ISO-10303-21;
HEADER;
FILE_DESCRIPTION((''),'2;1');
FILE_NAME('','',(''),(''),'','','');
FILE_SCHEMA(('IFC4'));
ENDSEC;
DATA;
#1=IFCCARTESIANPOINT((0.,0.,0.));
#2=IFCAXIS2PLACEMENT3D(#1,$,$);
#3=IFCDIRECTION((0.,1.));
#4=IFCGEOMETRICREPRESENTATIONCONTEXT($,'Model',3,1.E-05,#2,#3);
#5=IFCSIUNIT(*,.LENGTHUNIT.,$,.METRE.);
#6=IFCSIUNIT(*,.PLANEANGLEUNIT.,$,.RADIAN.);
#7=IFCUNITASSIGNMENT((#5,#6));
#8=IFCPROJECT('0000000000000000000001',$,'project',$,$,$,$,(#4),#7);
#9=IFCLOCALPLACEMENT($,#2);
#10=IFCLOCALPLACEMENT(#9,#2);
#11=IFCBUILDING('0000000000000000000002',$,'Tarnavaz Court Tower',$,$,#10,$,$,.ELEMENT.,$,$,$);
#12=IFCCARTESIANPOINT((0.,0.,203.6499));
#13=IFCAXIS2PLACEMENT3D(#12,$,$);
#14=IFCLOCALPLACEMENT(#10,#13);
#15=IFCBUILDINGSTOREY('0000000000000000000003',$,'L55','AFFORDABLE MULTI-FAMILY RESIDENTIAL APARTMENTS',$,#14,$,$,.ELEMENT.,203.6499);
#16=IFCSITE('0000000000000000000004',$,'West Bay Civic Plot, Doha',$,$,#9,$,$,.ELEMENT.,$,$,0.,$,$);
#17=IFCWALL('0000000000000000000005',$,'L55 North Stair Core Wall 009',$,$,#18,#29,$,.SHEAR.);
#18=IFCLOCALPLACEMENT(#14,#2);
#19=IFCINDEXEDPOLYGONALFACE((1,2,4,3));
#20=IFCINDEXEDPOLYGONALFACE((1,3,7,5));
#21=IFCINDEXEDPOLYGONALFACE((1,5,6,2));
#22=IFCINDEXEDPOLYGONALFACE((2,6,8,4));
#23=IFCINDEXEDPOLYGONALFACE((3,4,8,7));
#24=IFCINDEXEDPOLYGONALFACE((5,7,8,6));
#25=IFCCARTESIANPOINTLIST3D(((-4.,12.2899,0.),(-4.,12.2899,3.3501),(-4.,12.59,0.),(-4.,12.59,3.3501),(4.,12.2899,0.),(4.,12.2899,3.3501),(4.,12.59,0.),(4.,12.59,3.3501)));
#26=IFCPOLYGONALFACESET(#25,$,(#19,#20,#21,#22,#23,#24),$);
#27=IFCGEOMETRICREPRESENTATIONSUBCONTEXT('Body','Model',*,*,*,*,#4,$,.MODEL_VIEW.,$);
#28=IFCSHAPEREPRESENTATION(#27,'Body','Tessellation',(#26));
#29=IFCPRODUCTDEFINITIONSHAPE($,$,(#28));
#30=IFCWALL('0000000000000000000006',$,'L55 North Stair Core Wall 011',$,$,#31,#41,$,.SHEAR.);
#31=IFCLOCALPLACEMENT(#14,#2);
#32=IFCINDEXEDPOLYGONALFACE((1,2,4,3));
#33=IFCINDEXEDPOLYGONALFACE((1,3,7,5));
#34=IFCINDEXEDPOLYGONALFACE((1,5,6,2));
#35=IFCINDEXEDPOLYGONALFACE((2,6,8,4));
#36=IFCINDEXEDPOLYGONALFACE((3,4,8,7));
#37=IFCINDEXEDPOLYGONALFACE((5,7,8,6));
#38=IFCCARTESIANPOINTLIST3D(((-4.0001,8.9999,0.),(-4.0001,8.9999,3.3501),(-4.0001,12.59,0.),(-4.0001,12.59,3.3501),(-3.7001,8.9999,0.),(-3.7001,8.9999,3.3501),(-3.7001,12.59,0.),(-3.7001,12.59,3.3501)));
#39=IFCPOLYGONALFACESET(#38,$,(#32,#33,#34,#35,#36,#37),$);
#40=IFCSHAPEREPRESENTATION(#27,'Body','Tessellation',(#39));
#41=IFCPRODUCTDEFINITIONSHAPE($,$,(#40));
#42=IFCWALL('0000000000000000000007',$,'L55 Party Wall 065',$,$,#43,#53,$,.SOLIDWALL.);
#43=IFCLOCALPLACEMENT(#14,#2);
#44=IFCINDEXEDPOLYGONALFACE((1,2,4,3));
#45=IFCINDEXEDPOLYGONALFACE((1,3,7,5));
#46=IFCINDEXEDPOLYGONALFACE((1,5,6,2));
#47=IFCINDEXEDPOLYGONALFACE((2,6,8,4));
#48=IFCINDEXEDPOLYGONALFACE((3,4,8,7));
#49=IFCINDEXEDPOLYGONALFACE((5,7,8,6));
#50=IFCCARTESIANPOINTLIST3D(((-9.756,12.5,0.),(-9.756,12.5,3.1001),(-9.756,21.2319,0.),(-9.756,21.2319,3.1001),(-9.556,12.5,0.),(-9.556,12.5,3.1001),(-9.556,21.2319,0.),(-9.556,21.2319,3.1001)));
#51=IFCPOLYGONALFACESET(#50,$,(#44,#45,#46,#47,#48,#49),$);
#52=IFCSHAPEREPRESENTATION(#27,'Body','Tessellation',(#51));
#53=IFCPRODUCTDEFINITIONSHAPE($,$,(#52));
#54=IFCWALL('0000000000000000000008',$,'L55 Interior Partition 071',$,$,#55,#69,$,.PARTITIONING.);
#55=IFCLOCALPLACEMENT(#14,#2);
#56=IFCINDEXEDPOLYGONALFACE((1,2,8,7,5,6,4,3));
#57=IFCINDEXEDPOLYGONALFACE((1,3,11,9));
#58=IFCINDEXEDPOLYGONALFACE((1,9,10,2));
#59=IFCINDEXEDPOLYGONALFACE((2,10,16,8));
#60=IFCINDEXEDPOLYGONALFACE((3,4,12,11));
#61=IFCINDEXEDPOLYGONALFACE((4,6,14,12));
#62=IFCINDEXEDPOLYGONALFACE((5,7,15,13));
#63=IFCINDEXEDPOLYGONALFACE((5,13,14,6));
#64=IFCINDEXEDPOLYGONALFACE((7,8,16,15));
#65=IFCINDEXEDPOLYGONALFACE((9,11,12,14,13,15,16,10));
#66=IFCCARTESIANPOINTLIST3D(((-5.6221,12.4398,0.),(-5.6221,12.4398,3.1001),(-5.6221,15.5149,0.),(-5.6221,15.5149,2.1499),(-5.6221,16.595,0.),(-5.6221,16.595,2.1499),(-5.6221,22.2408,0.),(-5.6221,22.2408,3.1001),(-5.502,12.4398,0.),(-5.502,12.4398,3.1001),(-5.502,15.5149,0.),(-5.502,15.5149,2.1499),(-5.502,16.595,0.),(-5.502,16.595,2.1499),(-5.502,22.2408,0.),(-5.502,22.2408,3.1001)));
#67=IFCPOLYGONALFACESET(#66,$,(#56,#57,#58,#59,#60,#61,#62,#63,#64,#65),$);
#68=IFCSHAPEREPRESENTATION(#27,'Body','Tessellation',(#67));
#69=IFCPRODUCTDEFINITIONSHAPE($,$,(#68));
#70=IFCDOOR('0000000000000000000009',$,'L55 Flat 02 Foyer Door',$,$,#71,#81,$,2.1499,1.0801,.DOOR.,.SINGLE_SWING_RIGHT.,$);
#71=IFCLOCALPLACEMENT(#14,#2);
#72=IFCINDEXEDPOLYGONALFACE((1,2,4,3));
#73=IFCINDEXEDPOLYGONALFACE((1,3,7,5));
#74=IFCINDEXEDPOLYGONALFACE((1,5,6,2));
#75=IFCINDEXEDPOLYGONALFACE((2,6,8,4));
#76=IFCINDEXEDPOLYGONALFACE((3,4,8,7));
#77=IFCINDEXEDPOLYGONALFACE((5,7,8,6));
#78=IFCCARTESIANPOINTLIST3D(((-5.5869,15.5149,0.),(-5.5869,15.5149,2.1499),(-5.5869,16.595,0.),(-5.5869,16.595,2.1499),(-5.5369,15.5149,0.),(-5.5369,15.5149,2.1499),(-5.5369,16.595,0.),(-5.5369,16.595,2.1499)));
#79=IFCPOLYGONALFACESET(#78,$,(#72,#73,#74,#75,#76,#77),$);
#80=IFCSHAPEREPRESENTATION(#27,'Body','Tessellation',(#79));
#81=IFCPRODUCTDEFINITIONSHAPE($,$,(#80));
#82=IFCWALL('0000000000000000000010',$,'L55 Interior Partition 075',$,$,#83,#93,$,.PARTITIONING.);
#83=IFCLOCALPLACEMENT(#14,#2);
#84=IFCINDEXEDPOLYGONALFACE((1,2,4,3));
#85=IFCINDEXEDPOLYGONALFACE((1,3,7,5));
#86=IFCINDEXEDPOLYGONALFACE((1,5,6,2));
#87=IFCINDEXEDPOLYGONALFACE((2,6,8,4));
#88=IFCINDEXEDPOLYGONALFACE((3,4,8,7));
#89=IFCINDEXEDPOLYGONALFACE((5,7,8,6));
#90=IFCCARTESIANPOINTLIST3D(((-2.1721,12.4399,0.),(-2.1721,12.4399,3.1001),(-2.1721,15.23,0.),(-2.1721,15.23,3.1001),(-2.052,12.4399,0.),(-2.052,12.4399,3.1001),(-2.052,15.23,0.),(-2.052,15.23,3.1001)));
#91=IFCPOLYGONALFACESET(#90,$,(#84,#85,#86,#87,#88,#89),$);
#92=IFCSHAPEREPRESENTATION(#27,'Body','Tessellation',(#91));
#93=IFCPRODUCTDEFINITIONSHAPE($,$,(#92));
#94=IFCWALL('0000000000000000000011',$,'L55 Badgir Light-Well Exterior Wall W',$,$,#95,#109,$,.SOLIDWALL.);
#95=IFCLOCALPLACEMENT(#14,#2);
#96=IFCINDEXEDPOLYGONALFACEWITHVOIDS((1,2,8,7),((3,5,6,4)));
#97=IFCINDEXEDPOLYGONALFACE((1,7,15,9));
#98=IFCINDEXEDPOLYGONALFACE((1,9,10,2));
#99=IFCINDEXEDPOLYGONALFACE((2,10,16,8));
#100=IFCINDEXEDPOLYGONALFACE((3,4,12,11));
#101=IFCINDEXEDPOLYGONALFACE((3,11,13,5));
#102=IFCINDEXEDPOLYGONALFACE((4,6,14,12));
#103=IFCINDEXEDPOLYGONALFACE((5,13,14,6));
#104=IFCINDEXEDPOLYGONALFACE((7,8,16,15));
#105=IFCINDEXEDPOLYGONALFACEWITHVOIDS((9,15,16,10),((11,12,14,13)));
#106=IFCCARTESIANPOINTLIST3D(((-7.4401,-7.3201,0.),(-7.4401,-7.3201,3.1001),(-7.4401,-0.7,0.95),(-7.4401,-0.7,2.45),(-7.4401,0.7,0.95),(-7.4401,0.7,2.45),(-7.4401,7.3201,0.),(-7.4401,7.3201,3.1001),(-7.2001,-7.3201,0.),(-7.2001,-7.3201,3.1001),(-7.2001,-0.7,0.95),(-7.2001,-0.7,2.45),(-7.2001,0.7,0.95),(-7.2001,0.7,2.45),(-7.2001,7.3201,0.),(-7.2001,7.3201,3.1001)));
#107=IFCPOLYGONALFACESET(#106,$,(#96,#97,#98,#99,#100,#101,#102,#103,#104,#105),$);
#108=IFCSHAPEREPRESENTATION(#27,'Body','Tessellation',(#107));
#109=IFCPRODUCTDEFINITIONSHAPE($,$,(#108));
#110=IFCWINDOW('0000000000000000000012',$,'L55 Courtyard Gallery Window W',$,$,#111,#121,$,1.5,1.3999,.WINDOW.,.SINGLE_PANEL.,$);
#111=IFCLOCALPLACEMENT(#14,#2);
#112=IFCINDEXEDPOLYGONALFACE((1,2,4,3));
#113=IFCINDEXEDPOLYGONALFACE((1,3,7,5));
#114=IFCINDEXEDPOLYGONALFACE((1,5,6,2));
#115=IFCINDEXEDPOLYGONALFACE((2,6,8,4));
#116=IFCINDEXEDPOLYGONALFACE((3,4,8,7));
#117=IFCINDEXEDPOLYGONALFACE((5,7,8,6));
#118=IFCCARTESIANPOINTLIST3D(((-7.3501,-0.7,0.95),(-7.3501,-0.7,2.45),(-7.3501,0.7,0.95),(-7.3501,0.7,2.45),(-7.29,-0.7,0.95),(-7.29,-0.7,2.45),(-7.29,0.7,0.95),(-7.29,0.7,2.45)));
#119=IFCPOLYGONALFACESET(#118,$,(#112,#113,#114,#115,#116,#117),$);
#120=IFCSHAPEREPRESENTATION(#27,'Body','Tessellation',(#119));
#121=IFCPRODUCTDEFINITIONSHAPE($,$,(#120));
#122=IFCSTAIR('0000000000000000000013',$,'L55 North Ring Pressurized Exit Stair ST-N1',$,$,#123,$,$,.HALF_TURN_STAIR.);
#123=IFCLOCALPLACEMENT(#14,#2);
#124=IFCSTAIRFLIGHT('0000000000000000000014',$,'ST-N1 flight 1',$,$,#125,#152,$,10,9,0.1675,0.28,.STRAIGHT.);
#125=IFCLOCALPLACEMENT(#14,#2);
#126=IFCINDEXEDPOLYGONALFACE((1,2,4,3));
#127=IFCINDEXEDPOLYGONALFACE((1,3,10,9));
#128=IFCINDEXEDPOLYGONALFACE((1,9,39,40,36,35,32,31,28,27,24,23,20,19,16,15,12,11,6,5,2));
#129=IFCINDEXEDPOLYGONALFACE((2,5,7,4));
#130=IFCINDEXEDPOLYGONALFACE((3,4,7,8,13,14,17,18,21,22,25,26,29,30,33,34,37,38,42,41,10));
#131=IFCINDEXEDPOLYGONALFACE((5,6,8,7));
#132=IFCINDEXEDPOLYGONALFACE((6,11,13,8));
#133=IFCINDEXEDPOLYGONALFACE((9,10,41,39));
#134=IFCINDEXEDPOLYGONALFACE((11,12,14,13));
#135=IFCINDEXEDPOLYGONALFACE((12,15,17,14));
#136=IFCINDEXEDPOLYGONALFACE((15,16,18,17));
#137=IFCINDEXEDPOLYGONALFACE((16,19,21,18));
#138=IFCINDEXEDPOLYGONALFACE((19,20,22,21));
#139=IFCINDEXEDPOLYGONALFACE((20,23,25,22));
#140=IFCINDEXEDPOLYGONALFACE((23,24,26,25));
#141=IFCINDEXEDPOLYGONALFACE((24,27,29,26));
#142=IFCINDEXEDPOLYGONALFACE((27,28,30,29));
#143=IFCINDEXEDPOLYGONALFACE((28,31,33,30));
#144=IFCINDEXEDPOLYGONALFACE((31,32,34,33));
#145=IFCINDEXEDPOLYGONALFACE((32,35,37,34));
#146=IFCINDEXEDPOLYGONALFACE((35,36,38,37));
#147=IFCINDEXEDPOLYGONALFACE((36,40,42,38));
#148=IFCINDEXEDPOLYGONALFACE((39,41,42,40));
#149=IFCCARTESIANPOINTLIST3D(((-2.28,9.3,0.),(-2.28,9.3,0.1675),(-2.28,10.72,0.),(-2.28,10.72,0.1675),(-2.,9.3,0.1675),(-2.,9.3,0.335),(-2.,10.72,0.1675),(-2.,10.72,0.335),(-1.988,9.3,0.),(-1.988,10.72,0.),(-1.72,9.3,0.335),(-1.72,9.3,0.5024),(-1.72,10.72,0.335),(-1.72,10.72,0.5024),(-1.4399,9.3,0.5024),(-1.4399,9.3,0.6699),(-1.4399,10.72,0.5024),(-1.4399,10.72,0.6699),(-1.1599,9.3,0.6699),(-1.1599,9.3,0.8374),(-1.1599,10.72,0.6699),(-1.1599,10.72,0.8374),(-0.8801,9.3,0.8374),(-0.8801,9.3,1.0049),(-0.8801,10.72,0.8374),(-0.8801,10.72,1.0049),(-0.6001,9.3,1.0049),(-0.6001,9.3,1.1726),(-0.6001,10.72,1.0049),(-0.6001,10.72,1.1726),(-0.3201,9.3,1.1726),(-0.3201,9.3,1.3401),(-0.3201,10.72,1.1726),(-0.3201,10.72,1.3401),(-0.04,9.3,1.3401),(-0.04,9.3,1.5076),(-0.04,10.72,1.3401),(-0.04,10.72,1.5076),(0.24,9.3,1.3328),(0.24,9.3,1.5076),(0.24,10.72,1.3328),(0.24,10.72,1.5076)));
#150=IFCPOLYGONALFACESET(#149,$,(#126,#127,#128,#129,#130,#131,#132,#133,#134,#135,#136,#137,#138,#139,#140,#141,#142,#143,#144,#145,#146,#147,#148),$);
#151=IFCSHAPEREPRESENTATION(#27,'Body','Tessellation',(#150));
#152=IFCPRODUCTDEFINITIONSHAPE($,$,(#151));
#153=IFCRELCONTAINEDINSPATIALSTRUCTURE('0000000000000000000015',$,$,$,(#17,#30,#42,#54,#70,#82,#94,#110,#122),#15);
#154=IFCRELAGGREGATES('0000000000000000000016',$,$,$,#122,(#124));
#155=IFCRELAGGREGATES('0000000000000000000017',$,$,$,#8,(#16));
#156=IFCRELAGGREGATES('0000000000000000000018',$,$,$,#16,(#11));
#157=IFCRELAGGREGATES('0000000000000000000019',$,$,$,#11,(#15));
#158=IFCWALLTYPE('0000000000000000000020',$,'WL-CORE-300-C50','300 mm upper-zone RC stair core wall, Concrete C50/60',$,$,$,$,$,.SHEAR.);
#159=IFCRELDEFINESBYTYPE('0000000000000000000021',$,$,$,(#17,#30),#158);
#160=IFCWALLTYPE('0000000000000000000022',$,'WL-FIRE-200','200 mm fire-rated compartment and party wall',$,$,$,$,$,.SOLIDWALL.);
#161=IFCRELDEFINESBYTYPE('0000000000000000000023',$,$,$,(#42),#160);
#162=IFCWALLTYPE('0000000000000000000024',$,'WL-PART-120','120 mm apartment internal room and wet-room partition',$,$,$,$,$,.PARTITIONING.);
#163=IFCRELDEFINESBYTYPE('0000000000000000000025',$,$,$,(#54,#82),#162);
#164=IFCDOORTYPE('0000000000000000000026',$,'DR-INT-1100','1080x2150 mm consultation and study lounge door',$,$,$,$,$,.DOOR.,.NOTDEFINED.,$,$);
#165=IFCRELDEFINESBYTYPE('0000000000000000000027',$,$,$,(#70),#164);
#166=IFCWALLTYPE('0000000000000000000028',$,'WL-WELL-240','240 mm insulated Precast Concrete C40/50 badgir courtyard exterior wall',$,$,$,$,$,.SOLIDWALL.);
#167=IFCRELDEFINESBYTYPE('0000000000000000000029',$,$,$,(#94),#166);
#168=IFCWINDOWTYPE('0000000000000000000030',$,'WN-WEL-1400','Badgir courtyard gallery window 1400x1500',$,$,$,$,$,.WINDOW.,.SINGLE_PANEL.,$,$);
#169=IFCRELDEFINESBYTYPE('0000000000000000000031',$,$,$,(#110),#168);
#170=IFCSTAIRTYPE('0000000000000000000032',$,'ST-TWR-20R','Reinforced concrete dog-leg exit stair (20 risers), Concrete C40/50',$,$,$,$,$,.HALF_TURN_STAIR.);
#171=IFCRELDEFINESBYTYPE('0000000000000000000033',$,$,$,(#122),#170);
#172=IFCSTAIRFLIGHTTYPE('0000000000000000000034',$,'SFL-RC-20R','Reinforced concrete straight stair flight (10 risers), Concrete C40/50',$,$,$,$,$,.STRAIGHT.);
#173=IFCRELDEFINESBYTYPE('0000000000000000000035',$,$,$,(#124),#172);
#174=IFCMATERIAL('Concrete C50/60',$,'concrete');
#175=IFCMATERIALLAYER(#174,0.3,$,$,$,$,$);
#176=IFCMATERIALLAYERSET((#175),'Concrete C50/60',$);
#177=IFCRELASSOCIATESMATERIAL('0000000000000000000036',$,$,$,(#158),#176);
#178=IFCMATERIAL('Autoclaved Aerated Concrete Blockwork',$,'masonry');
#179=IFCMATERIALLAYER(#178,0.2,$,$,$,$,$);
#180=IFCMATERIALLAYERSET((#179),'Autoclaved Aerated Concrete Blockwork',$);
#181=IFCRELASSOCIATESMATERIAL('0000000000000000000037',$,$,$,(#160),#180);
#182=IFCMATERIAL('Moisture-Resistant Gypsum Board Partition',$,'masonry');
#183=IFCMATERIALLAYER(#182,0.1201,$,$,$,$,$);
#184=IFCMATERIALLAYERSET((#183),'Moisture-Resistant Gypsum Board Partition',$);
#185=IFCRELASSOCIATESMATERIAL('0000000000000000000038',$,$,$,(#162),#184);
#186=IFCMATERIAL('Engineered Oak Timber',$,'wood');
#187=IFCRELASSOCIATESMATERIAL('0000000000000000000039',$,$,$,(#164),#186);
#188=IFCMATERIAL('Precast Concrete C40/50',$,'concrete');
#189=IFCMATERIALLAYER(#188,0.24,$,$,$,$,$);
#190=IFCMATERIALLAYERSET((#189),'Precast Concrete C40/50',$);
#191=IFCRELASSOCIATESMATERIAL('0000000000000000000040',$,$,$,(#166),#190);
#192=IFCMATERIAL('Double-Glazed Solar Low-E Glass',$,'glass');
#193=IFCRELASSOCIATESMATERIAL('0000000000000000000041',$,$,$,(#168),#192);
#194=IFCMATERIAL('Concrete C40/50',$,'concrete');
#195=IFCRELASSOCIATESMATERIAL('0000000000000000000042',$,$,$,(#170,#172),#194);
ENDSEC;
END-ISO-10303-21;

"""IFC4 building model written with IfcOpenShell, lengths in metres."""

from ifc_helpers import new_model, si_unit, direction, frame, frame_2d, origin, place, context, subcontext, project, spatial, polyline, rectangle, outline, extrude, material, layer, layer_set, type_object, element, fill, aggregate, save


model = new_model("IFC4")

# Units and contexts
model_context = context("Model", 3, precision=1e-05, world=origin(), true_north=direction((0.0, 1.0)))
body_context = subcontext(model_context, "Body", "Model", "MODEL_VIEW")
ifc_project = project(units=[si_unit("LENGTHUNIT", "METRE"), si_unit("PLANEANGLEUNIT", "RADIAN")], contexts=[model_context])

# Site, building, storey
site_placement = place(None, origin())
site = spatial("IfcSite", under=ifc_project, at=site_placement, Name="West Bay Civic Plot, Doha", CompositionType="ELEMENT", RefElevation=0.0)
building_placement = place(site_placement, origin())
building = spatial("IfcBuilding", under=site, at=building_placement, Name="Tarnavaz Court Tower", CompositionType="ELEMENT")
storey_placement = place(building_placement, frame((0.0, 0.0, 203.6499)))
storey = spatial("IfcBuildingStorey", under=building, at=storey_placement, Name="L55", Description="AFFORDABLE MULTI-FAMILY RESIDENTIAL APARTMENTS", CompositionType="ELEMENT", Elevation=203.6499)

# Shared definitions
ifc_material_1 = material(Name="Concrete C50/60", Category="concrete")

# Wall
ifc_layer_1 = layer(ifc_material_1, 0.3)
ifc_layer_set_1 = layer_set([ifc_layer_1], Name="Concrete C50/60")
wall_type_1 = type_object("IfcWallType", Name="WL-CORE-300-C50", Description="300 mm upper-zone RC stair core wall, Concrete C50/60", PredefinedType="SHEAR", material=ifc_layer_set_1)
wall_1_placement = place(storey_placement, frame((-4.0, 12.4399, 0.0), z_axis=(0.0, 0.0, 1.0), x_axis=(1.0, 0.0, 0.0)))
element("IfcWall", 1, at=wall_1_placement, inside=storey, type_object=wall_type_1, Name="L55 North Stair Core Wall 009", PredefinedType="SHEAR", context=body_context, shape_type="SweptSolid", body=[
    extrude(rectangle(XDim=8.0, YDim=0.3, at=frame_2d((4.0, 0.0))), origin(), (0.0, 0.0, 1.0), 3.3501),
])

# Walls
wall_2_placement = place(storey_placement, frame((-3.8501, 9.0, 0.0), z_axis=(0.0, 0.0, 1.0), x_axis=(0.0, 1.0, 0.0)))
element("IfcWall", 2, at=wall_2_placement, inside=storey, type_object=wall_type_1, Name="L55 North Stair Core Wall 011", PredefinedType="SHEAR", context=body_context, shape_type="SweptSolid", body=[
    extrude(rectangle(XDim=3.5901, YDim=0.3, at=frame_2d((1.7949, 0.0))), origin(), (0.0, 0.0, 1.0), 3.3501),
])
ifc_material_2 = material(Name="Autoclaved Aerated Concrete Blockwork", Category="masonry")
ifc_layer_2 = layer(ifc_material_2, 0.2)
ifc_layer_set_2 = layer_set([ifc_layer_2], Name="Autoclaved Aerated Concrete Blockwork")
wall_type_2 = type_object("IfcWallType", Name="WL-FIRE-200", Description="200 mm fire-rated compartment and party wall", PredefinedType="SOLIDWALL", material=ifc_layer_set_2)
wall_3_placement = place(storey_placement, frame((-9.656, 12.5, 0.0), z_axis=(0.0, 0.0, 1.0), x_axis=(0.0, 1.0, 0.0)))
element("IfcWall", 3, at=wall_3_placement, inside=storey, type_object=wall_type_2, Name="L55 Party Wall 065", PredefinedType="SOLIDWALL", context=body_context, shape_type="SweptSolid", body=[
    extrude(rectangle(XDim=8.7319, YDim=0.2, at=frame_2d((4.366, 0.0))), origin(), (0.0, 0.0, 1.0), 3.1001),
])

# Wall, opening, door
ifc_material_3 = material(Name="Moisture-Resistant Gypsum Board Partition", Category="masonry")
ifc_layer_3 = layer(ifc_material_3, 0.1201)
ifc_layer_set_3 = layer_set([ifc_layer_3], Name="Moisture-Resistant Gypsum Board Partition")
wall_type_3 = type_object("IfcWallType", Name="WL-PART-120", Description="120 mm apartment internal room and wet-room partition", PredefinedType="PARTITIONING", material=ifc_layer_set_3)
wall_4_placement = place(storey_placement, frame((-5.562, 12.4399, 0.0), z_axis=(0.0, 0.0, 1.0), x_axis=(0.0, 1.0, 0.0)))
wall_4 = element("IfcWall", 4, at=wall_4_placement, inside=storey, type_object=wall_type_3, Name="L55 Interior Partition 071", PredefinedType="PARTITIONING", context=body_context, shape_type="SweptSolid", body=[
    extrude(rectangle(XDim=9.801, YDim=0.1201, at=frame_2d((4.9004, 0.0))), origin(), (0.0, 0.0, 1.0), 3.1001),
])
opening_1_placement = place(wall_4_placement, frame((3.075, 0.0, 0.0)))
opening_1 = element("IfcOpeningElement", 5, at=opening_1_placement, cuts=wall_4, PredefinedType="OPENING", context=body_context, shape_type="SweptSolid", body=[
    extrude(rectangle(XDim=1.0801, YDim=2.1499, at=frame_2d((0.54, 1.075))), frame((0.0, 0.0701, 0.0), z_axis=(0.0, -1.0, 0.0), x_axis=(1.0, 0.0, 0.0)), (0.0, 0.0, 1.0), 0.1401),
])
ifc_material_4 = material(Name="Engineered Oak Timber", Category="wood")
door_type_1 = type_object("IfcDoorType", Name="DR-INT-1100", Description="1080x2150 mm consultation and study lounge door", OperationType="NOTDEFINED", PredefinedType="DOOR", material=ifc_material_4)
door_1_placement = place(opening_1_placement, origin())
door_1 = element("IfcDoor", 6, at=door_1_placement, inside=storey, type_object=door_type_1, Name="L55 Flat 02 Foyer Door", OperationType="SINGLE_SWING_RIGHT", OverallHeight=2.1499, OverallWidth=1.0801, PredefinedType="DOOR", context=body_context, shape_type="SweptSolid", body=[
    extrude(rectangle(XDim=1.0801, YDim=2.1499, at=frame_2d((0.54, 1.075))), frame((0.0, 0.0249, 0.0), z_axis=(0.0, -1.0, 0.0), x_axis=(1.0, 0.0, 0.0)), (0.0, 0.0, 1.0), 0.05),
])
fill(opening_1, door_1)

# Wall
wall_5_placement = place(storey_placement, frame((-2.1121, 12.4399, 0.0), z_axis=(0.0, 0.0, 1.0), x_axis=(0.0, 1.0, 0.0)))
element("IfcWall", 7, at=wall_5_placement, inside=storey, type_object=wall_type_3, Name="L55 Interior Partition 075", PredefinedType="PARTITIONING", context=body_context, shape_type="SweptSolid", body=[
    extrude(rectangle(XDim=2.79, YDim=0.1201, at=frame_2d((1.395, 0.0))), origin(), (0.0, 0.0, 1.0), 3.1001),
])

# Wall, opening, window
ifc_material_5 = material(Name="Precast Concrete C40/50", Category="concrete")
ifc_layer_4 = layer(ifc_material_5, 0.24)
ifc_layer_set_4 = layer_set([ifc_layer_4], Name="Precast Concrete C40/50")
wall_type_4 = type_object("IfcWallType", Name="WL-WELL-240", Description="240 mm insulated Precast Concrete C40/50 badgir courtyard exterior wall", PredefinedType="SOLIDWALL", material=ifc_layer_set_4)
wall_6_placement = place(storey_placement, frame((-7.3201, 7.3201, 0.0), z_axis=(0.0, 0.0, 1.0), x_axis=(0.0, -1.0, 0.0)))
wall_6 = element("IfcWall", 8, at=wall_6_placement, inside=storey, type_object=wall_type_4, Name="L55 Badgir Light-Well Exterior Wall W", PredefinedType="SOLIDWALL", context=body_context, shape_type="SweptSolid", body=[
    extrude(rectangle(XDim=14.6401, YDim=0.24, at=frame_2d((7.3201, 0.0))), origin(), (0.0, 0.0, 1.0), 3.1001),
])
opening_2_placement = place(wall_6_placement, frame((6.6201, 0.0, 0.95)))
opening_2 = element("IfcOpeningElement", 9, at=opening_2_placement, cuts=wall_6, PredefinedType="OPENING", context=body_context, shape_type="SweptSolid", body=[
    extrude(rectangle(XDim=1.3999, YDim=1.5, at=frame_2d((0.7, 0.75))), frame((0.0, 0.1299, 0.0), z_axis=(0.0, -1.0, 0.0), x_axis=(1.0, 0.0, 0.0)), (0.0, 0.0, 1.0), 0.26),
])
ifc_material_6 = material(Name="Double-Glazed Solar Low-E Glass", Category="glass")
window_type = type_object("IfcWindowType", Name="WN-WEL-1400", Description="Badgir courtyard gallery window 1400x1500", PartitioningType="SINGLE_PANEL", PredefinedType="WINDOW", material=ifc_material_6)
window_placement = place(opening_2_placement, origin())
window = element("IfcWindow", 10, at=window_placement, inside=storey, type_object=window_type, Name="L55 Courtyard Gallery Window W", OverallHeight=1.5, OverallWidth=1.3999, PartitioningType="SINGLE_PANEL", PredefinedType="WINDOW", context=body_context, shape_type="SweptSolid", body=[
    extrude(rectangle(XDim=1.3999, YDim=1.5, at=frame_2d((0.7, 0.75))), frame((0.0, 0.03, 0.0), z_axis=(0.0, -1.0, 0.0), x_axis=(1.0, 0.0, 0.0)), (0.0, 0.0, 1.0), 0.0601),
])
fill(opening_2, window)

# Stair, stair flight
ifc_material_7 = material(Name="Concrete C40/50", Category="concrete")
stair_type = type_object("IfcStairType", Name="ST-TWR-20R", Description="Reinforced concrete dog-leg exit stair (20 risers), Concrete C40/50", PredefinedType="HALF_TURN_STAIR", material=ifc_material_7)
stair_placement = place(storey_placement, origin())
stair = element("IfcStair", 11, at=stair_placement, inside=storey, type_object=stair_type, Name="L55 North Ring Pressurized Exit Stair ST-N1", PredefinedType="HALF_TURN_STAIR")
stair_flight_type = type_object("IfcStairFlightType", Name="SFL-RC-20R", Description="Reinforced concrete straight stair flight (10 risers), Concrete C40/50", PredefinedType="STRAIGHT", material=ifc_material_7)
stair_flight_placement = place(storey_placement, frame((-2.28, 10.01, 0.0), z_axis=(0.0, 0.0, 1.0), x_axis=(1.0, 0.0, 0.0)))
stair_flight = element("IfcStairFlight", 12, at=stair_flight_placement, type_object=stair_flight_type, Name="ST-N1 flight 1", NumberOfRisers=10, NumberOfTreads=9, PredefinedType="STRAIGHT", RiserHeight=0.1675, TreadLength=0.28, context=body_context, shape_type="SweptSolid", body=[
    extrude(outline(polyline([(0.0, 0.0), (0.0, 0.1675), (0.28, 0.1675), (0.28, 0.335), (0.5601, 0.335), (0.5601, 0.5024), (0.8401, 0.5024), (0.8401, 0.6699), (1.1201, 0.6699), (1.1201, 0.8374), (1.3999, 0.8374), (1.3999, 1.0049), (1.6799, 1.0049), (1.6799, 1.1726), (1.96, 1.1726), (1.96, 1.3401), (2.24, 1.3401), (2.24, 1.5076), (2.52, 1.5076), (2.52, 1.675), (2.52, 1.3328), (0.292, 0.0), (0.0, 0.0)])), frame((0.0, 0.71, 0.0), z_axis=(0.0, -1.0, 0.0), x_axis=(1.0, 0.0, 0.0)), (0.0, 0.0, 1.0), 1.4199),
])
aggregate(stair, [stair_flight])

save(model, "model.ifc")
